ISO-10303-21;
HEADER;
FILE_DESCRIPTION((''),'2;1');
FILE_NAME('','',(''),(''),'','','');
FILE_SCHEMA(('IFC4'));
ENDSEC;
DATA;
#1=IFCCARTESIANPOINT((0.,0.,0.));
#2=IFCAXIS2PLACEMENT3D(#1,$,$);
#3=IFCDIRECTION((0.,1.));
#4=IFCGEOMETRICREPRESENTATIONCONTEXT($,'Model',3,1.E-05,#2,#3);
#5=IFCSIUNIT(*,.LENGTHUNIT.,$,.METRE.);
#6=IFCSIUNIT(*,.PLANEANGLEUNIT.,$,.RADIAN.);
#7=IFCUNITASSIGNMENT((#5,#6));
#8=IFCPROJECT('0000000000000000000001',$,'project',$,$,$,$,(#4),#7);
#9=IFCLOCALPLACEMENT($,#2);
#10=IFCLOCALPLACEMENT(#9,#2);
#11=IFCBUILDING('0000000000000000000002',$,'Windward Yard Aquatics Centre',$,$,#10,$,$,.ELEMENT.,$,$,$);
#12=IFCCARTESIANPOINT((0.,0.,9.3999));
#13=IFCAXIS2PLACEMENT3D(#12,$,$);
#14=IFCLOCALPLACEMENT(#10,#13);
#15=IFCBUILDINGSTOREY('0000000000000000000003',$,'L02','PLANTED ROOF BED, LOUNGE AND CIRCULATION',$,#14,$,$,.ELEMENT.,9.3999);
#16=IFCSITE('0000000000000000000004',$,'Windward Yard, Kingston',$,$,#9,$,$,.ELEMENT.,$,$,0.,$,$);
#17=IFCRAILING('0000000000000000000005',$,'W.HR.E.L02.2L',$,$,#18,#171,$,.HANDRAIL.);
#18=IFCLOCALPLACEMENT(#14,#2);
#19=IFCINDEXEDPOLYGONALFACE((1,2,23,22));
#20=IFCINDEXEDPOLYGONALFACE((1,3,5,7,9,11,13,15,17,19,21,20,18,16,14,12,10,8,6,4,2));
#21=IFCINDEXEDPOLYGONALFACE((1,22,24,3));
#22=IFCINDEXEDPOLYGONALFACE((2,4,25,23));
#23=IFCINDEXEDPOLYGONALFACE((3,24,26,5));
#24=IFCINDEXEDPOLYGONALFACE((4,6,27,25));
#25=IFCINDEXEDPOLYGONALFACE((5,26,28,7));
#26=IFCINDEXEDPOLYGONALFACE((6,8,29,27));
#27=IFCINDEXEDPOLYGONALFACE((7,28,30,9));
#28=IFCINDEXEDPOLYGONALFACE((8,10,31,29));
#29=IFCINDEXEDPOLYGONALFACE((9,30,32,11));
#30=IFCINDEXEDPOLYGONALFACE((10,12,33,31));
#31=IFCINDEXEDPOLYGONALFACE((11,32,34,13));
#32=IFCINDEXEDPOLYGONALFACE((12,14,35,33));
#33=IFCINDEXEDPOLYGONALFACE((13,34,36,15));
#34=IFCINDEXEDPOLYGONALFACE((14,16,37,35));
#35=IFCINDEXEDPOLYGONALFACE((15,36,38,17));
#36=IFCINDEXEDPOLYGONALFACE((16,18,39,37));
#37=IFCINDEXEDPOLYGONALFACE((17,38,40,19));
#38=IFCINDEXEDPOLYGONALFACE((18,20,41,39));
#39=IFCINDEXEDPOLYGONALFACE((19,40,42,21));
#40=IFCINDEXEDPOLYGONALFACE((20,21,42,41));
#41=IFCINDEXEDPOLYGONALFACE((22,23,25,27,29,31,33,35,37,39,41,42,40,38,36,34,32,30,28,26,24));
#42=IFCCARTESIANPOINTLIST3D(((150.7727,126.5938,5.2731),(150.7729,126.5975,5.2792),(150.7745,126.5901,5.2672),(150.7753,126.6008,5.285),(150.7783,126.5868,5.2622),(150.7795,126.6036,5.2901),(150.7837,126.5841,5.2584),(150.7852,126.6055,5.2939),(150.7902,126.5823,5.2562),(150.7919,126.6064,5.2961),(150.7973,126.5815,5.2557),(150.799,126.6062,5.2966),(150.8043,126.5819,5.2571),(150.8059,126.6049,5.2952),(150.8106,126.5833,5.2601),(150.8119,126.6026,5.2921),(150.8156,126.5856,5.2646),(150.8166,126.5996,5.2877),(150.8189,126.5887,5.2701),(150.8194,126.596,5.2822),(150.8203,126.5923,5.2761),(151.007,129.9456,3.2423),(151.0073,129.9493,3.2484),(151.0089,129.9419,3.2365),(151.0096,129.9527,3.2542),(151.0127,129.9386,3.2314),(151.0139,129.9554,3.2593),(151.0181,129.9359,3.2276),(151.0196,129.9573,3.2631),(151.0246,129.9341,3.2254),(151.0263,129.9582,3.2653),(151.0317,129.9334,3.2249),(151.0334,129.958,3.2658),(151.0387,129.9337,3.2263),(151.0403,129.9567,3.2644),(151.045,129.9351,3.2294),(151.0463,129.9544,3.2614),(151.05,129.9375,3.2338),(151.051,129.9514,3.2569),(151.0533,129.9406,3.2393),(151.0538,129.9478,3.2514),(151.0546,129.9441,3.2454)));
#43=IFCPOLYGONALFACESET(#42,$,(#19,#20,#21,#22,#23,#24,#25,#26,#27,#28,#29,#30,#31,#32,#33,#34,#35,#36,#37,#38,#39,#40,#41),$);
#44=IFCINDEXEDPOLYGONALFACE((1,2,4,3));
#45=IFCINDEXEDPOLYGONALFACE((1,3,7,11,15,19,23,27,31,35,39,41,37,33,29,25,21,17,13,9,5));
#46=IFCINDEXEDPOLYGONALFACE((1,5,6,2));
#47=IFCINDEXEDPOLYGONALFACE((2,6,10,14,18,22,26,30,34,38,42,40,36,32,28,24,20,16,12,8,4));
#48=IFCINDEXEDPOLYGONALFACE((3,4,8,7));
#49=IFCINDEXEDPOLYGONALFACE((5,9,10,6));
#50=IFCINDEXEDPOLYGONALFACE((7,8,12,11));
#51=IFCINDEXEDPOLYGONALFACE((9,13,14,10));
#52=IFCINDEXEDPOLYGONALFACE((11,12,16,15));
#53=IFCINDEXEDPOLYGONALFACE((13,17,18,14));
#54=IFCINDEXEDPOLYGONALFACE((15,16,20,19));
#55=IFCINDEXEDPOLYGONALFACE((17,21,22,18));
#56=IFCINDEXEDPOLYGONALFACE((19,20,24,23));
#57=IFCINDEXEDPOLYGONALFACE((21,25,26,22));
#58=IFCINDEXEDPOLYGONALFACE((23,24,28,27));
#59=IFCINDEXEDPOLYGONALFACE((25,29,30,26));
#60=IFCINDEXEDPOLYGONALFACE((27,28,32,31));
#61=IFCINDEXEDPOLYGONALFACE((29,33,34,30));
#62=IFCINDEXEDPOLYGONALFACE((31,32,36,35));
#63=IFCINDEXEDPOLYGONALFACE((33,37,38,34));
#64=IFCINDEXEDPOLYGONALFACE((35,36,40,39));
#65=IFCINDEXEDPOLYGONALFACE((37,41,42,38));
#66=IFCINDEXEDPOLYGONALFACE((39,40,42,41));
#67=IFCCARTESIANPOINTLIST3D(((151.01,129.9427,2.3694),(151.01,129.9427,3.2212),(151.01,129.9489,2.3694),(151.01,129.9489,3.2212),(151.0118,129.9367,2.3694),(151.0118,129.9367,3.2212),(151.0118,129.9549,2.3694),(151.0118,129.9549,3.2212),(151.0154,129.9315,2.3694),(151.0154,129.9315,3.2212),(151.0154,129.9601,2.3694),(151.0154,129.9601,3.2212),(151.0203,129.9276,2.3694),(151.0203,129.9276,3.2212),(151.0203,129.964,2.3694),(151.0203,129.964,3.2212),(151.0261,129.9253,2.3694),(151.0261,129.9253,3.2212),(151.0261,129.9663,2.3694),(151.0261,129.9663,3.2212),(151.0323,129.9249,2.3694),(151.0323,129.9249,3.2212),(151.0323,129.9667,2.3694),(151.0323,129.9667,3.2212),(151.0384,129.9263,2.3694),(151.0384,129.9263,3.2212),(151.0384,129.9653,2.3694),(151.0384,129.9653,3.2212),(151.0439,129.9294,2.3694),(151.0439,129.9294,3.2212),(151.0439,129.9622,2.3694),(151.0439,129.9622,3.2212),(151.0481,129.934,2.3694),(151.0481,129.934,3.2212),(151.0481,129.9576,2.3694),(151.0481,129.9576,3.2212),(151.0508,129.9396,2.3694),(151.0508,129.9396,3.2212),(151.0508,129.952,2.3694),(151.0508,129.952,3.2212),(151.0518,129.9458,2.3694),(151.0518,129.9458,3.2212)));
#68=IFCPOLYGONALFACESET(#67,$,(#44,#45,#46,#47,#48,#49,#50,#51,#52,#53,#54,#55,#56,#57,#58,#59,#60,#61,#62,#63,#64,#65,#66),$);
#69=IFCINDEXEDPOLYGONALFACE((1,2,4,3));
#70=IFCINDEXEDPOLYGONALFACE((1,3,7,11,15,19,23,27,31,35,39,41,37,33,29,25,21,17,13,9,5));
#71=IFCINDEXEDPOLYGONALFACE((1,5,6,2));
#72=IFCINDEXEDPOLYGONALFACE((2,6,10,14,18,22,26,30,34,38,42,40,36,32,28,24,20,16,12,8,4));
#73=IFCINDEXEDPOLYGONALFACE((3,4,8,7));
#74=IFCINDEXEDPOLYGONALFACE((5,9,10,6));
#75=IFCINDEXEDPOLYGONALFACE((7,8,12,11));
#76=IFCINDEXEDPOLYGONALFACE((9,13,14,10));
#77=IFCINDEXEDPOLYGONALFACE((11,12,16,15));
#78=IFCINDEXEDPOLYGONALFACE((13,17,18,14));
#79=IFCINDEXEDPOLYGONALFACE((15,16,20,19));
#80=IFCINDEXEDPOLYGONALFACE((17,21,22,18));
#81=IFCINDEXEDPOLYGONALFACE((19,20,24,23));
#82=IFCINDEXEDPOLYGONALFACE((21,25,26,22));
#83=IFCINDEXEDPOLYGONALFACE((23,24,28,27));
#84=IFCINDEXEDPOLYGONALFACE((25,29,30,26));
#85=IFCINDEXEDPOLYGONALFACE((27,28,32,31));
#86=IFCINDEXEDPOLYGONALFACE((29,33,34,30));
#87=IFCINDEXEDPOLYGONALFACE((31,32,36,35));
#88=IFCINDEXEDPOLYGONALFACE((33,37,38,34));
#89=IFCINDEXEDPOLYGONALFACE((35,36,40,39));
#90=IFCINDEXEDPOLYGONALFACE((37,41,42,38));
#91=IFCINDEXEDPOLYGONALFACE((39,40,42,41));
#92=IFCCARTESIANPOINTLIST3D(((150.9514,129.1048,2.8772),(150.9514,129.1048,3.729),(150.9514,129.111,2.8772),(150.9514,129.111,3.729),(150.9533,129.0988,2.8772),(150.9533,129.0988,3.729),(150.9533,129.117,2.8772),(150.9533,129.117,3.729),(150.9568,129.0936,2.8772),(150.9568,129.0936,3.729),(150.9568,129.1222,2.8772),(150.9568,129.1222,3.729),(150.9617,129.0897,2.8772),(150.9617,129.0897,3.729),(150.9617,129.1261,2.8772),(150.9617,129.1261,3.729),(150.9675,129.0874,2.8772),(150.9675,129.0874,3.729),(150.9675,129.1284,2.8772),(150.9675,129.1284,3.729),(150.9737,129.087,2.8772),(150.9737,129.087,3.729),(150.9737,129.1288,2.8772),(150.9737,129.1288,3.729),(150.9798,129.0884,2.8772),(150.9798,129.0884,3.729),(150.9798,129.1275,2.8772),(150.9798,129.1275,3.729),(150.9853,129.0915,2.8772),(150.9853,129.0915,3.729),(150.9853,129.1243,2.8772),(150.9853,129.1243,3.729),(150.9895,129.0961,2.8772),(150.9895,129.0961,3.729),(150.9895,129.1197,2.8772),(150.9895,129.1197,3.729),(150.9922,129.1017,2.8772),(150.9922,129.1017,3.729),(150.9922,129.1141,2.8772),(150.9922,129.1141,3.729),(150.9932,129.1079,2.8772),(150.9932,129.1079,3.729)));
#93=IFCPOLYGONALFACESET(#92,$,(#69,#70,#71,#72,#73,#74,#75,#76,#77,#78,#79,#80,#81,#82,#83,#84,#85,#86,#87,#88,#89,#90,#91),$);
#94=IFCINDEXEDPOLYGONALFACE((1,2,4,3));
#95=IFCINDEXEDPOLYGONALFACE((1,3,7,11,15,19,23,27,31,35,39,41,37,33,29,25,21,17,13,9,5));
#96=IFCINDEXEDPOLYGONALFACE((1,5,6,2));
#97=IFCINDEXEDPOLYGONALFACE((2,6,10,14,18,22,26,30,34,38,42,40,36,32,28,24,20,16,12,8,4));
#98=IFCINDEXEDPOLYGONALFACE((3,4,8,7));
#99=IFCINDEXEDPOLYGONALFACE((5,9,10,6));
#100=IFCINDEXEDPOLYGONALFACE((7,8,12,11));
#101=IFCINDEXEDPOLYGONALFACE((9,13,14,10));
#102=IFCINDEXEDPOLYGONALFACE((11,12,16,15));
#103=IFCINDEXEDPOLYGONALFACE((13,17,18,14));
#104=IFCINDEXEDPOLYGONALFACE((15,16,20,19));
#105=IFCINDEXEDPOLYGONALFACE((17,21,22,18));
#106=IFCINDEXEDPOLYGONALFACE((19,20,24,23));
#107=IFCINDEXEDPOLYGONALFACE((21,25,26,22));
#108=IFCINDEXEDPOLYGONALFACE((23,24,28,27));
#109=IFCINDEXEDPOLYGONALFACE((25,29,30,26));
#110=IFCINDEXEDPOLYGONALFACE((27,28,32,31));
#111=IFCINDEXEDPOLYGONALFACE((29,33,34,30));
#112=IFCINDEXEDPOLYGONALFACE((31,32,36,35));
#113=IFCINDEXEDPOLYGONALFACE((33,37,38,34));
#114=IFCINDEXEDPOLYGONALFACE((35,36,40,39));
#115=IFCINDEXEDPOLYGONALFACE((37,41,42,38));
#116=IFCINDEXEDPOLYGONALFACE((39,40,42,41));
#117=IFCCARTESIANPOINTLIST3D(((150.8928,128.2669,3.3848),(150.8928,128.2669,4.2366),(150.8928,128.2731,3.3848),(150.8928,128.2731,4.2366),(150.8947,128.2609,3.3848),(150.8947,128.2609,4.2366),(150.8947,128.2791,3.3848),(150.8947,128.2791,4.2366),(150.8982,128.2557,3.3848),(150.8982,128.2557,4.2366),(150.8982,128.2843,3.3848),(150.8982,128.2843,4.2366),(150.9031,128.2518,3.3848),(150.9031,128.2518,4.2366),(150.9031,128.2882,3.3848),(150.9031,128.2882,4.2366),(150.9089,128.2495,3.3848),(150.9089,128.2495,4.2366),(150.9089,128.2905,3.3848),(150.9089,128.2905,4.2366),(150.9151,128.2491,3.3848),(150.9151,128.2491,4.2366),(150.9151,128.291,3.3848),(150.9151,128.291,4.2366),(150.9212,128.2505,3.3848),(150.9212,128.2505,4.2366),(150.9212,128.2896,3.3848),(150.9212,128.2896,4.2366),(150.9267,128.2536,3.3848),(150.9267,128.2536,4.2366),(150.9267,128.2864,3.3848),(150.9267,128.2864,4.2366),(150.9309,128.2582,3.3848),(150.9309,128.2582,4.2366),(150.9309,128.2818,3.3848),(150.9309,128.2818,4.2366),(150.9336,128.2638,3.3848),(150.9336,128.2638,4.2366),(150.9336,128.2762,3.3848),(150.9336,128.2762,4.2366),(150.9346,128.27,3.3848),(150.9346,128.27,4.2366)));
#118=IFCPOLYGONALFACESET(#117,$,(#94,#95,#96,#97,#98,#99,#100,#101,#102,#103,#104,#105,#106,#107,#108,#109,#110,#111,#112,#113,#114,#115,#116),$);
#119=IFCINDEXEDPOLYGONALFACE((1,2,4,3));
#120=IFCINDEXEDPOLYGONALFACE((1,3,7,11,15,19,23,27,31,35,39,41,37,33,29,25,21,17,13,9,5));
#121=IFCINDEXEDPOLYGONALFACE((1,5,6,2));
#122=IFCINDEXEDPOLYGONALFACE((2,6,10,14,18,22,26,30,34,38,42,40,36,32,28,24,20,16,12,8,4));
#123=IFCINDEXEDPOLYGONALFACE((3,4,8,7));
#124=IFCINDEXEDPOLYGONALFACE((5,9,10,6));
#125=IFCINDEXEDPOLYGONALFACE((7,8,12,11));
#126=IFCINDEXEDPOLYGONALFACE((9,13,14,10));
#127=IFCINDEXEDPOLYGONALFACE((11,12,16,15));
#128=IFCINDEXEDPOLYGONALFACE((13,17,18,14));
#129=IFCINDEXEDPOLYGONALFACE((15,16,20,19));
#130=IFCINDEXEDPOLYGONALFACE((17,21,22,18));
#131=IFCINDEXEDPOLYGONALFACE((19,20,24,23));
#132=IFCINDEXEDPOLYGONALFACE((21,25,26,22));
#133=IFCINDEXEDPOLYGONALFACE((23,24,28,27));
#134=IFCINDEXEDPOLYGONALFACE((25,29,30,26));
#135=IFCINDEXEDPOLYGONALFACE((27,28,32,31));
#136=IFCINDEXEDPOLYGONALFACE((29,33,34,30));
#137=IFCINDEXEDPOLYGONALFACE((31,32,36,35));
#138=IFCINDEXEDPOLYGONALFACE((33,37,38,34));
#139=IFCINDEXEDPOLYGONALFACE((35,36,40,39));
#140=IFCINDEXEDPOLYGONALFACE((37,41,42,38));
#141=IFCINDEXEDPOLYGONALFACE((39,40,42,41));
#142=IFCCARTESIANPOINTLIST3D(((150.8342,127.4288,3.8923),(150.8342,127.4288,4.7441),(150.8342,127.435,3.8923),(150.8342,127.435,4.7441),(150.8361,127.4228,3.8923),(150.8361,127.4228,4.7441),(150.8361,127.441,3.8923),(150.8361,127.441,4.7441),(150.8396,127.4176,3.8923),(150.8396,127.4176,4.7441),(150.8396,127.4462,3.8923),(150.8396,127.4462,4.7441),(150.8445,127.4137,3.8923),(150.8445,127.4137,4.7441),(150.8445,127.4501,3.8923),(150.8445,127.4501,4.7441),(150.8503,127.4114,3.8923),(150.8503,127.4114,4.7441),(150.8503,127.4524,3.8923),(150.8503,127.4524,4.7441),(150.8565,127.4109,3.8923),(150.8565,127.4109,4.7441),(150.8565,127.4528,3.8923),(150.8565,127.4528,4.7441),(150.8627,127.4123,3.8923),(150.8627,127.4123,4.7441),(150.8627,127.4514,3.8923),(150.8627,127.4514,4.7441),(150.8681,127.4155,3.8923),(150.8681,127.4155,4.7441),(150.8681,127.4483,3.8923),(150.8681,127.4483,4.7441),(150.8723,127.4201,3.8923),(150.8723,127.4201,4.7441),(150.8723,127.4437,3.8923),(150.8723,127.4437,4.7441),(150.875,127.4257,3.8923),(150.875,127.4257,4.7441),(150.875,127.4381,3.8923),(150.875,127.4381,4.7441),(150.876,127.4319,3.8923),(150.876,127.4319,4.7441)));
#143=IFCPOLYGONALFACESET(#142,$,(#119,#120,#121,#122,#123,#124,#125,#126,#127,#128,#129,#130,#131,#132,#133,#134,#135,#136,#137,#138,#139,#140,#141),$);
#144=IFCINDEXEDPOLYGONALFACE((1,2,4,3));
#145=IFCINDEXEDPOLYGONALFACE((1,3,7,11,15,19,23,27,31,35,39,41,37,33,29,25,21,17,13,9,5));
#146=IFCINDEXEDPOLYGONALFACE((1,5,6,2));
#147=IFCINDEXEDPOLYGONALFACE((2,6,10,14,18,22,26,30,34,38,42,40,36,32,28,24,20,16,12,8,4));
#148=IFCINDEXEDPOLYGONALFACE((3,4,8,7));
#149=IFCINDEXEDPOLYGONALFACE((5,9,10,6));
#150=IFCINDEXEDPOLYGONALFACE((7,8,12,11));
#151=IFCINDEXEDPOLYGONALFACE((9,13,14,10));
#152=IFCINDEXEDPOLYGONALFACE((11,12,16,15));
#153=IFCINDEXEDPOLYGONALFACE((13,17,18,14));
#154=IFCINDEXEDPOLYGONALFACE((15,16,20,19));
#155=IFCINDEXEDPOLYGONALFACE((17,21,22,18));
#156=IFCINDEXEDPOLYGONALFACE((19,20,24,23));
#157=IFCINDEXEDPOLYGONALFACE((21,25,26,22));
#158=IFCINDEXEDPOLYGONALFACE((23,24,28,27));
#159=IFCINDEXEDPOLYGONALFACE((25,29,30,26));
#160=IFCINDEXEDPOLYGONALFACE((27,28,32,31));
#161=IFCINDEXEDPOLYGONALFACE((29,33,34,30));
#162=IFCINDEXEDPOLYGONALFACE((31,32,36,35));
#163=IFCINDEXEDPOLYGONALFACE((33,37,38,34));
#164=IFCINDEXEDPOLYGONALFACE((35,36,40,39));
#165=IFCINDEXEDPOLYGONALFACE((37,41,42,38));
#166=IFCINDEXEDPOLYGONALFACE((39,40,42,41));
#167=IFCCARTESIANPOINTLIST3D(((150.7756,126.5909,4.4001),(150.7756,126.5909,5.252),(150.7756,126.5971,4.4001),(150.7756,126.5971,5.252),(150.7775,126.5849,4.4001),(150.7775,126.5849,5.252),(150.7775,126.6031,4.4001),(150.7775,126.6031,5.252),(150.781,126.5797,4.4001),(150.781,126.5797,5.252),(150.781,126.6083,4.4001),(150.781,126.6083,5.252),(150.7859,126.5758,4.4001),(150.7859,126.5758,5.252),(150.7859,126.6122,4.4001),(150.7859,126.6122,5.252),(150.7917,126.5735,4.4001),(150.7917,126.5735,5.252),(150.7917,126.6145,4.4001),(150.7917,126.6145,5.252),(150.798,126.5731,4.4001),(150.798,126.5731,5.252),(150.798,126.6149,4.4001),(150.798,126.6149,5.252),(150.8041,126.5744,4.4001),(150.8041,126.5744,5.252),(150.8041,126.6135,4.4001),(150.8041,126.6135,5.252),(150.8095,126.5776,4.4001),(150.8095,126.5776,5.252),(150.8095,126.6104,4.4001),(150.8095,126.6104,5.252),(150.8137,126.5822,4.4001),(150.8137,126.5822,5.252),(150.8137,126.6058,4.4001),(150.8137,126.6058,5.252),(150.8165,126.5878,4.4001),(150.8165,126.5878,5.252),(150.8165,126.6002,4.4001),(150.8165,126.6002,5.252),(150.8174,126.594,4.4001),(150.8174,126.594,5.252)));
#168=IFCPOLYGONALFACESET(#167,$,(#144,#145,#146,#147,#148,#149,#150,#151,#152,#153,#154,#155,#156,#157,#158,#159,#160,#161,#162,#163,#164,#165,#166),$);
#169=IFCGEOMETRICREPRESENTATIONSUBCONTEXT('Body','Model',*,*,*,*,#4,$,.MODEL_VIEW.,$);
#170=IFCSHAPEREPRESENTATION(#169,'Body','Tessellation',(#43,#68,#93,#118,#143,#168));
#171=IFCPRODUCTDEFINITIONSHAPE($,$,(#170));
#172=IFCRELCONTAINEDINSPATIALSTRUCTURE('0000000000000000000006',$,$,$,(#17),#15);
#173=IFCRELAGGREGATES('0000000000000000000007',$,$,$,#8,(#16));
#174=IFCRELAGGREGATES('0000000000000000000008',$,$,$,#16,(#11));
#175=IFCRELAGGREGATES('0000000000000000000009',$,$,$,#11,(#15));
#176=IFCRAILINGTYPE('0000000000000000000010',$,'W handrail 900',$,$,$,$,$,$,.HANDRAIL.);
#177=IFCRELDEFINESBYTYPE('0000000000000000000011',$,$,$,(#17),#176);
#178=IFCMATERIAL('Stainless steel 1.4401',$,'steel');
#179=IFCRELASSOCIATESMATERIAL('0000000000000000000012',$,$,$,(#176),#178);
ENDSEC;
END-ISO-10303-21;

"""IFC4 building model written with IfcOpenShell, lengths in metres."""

from ifc_helpers import new_model, si_unit, direction, frame, origin, origin_2d, place, context, subcontext, project, spatial, circle, extrude, material, type_object, element, save


model = new_model("IFC4")

# Units and contexts
model_context = context("Model", 3, precision=1e-05, world=origin(), true_north=direction((0.0, 1.0)))
body_context = subcontext(model_context, "Body", "Model", "MODEL_VIEW")
ifc_project = project(units=[si_unit("LENGTHUNIT", "METRE"), si_unit("PLANEANGLEUNIT", "RADIAN")], contexts=[model_context])

# Site, building, storey
site_placement = place(None, origin())
site = spatial("IfcSite", under=ifc_project, at=site_placement, Name="Windward Yard, Kingston", CompositionType="ELEMENT", RefElevation=0.0)
building_placement = place(site_placement, origin())
building = spatial("IfcBuilding", under=site, at=building_placement, Name="Windward Yard Aquatics Centre", CompositionType="ELEMENT")
storey_placement = place(building_placement, frame((0.0, 0.0, 9.3999)))
storey = spatial("IfcBuildingStorey", under=building, at=storey_placement, Name="L02", Description="PLANTED ROOF BED, LOUNGE AND CIRCULATION", CompositionType="ELEMENT", Elevation=9.3999)

# Railing
ifc_material_1 = material(Name="Stainless steel 1.4401", Category="steel")
railing_type_1 = type_object("IfcRailingType", Name="W handrail 900", PredefinedType="HANDRAIL", material=ifc_material_1)
for number, where, name in (
    (1, (151.0308, 129.9458, 2.3694), "W.HR.E.L02.2L"),
):
    element("IfcRailing", number, at=place(storey_placement, frame(where)), inside=storey, type_object=railing_type_1, Name=name, PredefinedType="HANDRAIL", context=body_context, shape_type="SweptSolid", body=[
        extrude(circle(Radius=0.0239, at=origin_2d()), frame((0.0, 0.0, 0.876), z_axis=(-0.059698, -0.853744, 0.517259), x_axis=(0.997564, -0.069755, 0.0)), (0.0, 0.0, 1.0), 3.926),
        extrude(circle(Radius=0.021, at=origin_2d()), origin(), (0.0, 0.0, 1.0), 0.8518),
        extrude(circle(Radius=0.021, at=origin_2d()), frame((-0.0586, -0.8379, 0.5078)), (0.0, 0.0, 1.0), 0.8518),
        extrude(circle(Radius=0.021, at=origin_2d()), frame((-0.1172, -1.6758, 1.0154)), (0.0, 0.0, 1.0), 0.8518),
        extrude(circle(Radius=0.021, at=origin_2d()), frame((-0.1758, -2.5139, 1.5229)), (0.0, 0.0, 1.0), 0.8518),
        extrude(circle(Radius=0.021, at=origin_2d()), frame((-0.2344, -3.3518, 2.0308)), (0.0, 0.0, 1.0), 0.8518),
    ])

save(model, "model.ifc")
